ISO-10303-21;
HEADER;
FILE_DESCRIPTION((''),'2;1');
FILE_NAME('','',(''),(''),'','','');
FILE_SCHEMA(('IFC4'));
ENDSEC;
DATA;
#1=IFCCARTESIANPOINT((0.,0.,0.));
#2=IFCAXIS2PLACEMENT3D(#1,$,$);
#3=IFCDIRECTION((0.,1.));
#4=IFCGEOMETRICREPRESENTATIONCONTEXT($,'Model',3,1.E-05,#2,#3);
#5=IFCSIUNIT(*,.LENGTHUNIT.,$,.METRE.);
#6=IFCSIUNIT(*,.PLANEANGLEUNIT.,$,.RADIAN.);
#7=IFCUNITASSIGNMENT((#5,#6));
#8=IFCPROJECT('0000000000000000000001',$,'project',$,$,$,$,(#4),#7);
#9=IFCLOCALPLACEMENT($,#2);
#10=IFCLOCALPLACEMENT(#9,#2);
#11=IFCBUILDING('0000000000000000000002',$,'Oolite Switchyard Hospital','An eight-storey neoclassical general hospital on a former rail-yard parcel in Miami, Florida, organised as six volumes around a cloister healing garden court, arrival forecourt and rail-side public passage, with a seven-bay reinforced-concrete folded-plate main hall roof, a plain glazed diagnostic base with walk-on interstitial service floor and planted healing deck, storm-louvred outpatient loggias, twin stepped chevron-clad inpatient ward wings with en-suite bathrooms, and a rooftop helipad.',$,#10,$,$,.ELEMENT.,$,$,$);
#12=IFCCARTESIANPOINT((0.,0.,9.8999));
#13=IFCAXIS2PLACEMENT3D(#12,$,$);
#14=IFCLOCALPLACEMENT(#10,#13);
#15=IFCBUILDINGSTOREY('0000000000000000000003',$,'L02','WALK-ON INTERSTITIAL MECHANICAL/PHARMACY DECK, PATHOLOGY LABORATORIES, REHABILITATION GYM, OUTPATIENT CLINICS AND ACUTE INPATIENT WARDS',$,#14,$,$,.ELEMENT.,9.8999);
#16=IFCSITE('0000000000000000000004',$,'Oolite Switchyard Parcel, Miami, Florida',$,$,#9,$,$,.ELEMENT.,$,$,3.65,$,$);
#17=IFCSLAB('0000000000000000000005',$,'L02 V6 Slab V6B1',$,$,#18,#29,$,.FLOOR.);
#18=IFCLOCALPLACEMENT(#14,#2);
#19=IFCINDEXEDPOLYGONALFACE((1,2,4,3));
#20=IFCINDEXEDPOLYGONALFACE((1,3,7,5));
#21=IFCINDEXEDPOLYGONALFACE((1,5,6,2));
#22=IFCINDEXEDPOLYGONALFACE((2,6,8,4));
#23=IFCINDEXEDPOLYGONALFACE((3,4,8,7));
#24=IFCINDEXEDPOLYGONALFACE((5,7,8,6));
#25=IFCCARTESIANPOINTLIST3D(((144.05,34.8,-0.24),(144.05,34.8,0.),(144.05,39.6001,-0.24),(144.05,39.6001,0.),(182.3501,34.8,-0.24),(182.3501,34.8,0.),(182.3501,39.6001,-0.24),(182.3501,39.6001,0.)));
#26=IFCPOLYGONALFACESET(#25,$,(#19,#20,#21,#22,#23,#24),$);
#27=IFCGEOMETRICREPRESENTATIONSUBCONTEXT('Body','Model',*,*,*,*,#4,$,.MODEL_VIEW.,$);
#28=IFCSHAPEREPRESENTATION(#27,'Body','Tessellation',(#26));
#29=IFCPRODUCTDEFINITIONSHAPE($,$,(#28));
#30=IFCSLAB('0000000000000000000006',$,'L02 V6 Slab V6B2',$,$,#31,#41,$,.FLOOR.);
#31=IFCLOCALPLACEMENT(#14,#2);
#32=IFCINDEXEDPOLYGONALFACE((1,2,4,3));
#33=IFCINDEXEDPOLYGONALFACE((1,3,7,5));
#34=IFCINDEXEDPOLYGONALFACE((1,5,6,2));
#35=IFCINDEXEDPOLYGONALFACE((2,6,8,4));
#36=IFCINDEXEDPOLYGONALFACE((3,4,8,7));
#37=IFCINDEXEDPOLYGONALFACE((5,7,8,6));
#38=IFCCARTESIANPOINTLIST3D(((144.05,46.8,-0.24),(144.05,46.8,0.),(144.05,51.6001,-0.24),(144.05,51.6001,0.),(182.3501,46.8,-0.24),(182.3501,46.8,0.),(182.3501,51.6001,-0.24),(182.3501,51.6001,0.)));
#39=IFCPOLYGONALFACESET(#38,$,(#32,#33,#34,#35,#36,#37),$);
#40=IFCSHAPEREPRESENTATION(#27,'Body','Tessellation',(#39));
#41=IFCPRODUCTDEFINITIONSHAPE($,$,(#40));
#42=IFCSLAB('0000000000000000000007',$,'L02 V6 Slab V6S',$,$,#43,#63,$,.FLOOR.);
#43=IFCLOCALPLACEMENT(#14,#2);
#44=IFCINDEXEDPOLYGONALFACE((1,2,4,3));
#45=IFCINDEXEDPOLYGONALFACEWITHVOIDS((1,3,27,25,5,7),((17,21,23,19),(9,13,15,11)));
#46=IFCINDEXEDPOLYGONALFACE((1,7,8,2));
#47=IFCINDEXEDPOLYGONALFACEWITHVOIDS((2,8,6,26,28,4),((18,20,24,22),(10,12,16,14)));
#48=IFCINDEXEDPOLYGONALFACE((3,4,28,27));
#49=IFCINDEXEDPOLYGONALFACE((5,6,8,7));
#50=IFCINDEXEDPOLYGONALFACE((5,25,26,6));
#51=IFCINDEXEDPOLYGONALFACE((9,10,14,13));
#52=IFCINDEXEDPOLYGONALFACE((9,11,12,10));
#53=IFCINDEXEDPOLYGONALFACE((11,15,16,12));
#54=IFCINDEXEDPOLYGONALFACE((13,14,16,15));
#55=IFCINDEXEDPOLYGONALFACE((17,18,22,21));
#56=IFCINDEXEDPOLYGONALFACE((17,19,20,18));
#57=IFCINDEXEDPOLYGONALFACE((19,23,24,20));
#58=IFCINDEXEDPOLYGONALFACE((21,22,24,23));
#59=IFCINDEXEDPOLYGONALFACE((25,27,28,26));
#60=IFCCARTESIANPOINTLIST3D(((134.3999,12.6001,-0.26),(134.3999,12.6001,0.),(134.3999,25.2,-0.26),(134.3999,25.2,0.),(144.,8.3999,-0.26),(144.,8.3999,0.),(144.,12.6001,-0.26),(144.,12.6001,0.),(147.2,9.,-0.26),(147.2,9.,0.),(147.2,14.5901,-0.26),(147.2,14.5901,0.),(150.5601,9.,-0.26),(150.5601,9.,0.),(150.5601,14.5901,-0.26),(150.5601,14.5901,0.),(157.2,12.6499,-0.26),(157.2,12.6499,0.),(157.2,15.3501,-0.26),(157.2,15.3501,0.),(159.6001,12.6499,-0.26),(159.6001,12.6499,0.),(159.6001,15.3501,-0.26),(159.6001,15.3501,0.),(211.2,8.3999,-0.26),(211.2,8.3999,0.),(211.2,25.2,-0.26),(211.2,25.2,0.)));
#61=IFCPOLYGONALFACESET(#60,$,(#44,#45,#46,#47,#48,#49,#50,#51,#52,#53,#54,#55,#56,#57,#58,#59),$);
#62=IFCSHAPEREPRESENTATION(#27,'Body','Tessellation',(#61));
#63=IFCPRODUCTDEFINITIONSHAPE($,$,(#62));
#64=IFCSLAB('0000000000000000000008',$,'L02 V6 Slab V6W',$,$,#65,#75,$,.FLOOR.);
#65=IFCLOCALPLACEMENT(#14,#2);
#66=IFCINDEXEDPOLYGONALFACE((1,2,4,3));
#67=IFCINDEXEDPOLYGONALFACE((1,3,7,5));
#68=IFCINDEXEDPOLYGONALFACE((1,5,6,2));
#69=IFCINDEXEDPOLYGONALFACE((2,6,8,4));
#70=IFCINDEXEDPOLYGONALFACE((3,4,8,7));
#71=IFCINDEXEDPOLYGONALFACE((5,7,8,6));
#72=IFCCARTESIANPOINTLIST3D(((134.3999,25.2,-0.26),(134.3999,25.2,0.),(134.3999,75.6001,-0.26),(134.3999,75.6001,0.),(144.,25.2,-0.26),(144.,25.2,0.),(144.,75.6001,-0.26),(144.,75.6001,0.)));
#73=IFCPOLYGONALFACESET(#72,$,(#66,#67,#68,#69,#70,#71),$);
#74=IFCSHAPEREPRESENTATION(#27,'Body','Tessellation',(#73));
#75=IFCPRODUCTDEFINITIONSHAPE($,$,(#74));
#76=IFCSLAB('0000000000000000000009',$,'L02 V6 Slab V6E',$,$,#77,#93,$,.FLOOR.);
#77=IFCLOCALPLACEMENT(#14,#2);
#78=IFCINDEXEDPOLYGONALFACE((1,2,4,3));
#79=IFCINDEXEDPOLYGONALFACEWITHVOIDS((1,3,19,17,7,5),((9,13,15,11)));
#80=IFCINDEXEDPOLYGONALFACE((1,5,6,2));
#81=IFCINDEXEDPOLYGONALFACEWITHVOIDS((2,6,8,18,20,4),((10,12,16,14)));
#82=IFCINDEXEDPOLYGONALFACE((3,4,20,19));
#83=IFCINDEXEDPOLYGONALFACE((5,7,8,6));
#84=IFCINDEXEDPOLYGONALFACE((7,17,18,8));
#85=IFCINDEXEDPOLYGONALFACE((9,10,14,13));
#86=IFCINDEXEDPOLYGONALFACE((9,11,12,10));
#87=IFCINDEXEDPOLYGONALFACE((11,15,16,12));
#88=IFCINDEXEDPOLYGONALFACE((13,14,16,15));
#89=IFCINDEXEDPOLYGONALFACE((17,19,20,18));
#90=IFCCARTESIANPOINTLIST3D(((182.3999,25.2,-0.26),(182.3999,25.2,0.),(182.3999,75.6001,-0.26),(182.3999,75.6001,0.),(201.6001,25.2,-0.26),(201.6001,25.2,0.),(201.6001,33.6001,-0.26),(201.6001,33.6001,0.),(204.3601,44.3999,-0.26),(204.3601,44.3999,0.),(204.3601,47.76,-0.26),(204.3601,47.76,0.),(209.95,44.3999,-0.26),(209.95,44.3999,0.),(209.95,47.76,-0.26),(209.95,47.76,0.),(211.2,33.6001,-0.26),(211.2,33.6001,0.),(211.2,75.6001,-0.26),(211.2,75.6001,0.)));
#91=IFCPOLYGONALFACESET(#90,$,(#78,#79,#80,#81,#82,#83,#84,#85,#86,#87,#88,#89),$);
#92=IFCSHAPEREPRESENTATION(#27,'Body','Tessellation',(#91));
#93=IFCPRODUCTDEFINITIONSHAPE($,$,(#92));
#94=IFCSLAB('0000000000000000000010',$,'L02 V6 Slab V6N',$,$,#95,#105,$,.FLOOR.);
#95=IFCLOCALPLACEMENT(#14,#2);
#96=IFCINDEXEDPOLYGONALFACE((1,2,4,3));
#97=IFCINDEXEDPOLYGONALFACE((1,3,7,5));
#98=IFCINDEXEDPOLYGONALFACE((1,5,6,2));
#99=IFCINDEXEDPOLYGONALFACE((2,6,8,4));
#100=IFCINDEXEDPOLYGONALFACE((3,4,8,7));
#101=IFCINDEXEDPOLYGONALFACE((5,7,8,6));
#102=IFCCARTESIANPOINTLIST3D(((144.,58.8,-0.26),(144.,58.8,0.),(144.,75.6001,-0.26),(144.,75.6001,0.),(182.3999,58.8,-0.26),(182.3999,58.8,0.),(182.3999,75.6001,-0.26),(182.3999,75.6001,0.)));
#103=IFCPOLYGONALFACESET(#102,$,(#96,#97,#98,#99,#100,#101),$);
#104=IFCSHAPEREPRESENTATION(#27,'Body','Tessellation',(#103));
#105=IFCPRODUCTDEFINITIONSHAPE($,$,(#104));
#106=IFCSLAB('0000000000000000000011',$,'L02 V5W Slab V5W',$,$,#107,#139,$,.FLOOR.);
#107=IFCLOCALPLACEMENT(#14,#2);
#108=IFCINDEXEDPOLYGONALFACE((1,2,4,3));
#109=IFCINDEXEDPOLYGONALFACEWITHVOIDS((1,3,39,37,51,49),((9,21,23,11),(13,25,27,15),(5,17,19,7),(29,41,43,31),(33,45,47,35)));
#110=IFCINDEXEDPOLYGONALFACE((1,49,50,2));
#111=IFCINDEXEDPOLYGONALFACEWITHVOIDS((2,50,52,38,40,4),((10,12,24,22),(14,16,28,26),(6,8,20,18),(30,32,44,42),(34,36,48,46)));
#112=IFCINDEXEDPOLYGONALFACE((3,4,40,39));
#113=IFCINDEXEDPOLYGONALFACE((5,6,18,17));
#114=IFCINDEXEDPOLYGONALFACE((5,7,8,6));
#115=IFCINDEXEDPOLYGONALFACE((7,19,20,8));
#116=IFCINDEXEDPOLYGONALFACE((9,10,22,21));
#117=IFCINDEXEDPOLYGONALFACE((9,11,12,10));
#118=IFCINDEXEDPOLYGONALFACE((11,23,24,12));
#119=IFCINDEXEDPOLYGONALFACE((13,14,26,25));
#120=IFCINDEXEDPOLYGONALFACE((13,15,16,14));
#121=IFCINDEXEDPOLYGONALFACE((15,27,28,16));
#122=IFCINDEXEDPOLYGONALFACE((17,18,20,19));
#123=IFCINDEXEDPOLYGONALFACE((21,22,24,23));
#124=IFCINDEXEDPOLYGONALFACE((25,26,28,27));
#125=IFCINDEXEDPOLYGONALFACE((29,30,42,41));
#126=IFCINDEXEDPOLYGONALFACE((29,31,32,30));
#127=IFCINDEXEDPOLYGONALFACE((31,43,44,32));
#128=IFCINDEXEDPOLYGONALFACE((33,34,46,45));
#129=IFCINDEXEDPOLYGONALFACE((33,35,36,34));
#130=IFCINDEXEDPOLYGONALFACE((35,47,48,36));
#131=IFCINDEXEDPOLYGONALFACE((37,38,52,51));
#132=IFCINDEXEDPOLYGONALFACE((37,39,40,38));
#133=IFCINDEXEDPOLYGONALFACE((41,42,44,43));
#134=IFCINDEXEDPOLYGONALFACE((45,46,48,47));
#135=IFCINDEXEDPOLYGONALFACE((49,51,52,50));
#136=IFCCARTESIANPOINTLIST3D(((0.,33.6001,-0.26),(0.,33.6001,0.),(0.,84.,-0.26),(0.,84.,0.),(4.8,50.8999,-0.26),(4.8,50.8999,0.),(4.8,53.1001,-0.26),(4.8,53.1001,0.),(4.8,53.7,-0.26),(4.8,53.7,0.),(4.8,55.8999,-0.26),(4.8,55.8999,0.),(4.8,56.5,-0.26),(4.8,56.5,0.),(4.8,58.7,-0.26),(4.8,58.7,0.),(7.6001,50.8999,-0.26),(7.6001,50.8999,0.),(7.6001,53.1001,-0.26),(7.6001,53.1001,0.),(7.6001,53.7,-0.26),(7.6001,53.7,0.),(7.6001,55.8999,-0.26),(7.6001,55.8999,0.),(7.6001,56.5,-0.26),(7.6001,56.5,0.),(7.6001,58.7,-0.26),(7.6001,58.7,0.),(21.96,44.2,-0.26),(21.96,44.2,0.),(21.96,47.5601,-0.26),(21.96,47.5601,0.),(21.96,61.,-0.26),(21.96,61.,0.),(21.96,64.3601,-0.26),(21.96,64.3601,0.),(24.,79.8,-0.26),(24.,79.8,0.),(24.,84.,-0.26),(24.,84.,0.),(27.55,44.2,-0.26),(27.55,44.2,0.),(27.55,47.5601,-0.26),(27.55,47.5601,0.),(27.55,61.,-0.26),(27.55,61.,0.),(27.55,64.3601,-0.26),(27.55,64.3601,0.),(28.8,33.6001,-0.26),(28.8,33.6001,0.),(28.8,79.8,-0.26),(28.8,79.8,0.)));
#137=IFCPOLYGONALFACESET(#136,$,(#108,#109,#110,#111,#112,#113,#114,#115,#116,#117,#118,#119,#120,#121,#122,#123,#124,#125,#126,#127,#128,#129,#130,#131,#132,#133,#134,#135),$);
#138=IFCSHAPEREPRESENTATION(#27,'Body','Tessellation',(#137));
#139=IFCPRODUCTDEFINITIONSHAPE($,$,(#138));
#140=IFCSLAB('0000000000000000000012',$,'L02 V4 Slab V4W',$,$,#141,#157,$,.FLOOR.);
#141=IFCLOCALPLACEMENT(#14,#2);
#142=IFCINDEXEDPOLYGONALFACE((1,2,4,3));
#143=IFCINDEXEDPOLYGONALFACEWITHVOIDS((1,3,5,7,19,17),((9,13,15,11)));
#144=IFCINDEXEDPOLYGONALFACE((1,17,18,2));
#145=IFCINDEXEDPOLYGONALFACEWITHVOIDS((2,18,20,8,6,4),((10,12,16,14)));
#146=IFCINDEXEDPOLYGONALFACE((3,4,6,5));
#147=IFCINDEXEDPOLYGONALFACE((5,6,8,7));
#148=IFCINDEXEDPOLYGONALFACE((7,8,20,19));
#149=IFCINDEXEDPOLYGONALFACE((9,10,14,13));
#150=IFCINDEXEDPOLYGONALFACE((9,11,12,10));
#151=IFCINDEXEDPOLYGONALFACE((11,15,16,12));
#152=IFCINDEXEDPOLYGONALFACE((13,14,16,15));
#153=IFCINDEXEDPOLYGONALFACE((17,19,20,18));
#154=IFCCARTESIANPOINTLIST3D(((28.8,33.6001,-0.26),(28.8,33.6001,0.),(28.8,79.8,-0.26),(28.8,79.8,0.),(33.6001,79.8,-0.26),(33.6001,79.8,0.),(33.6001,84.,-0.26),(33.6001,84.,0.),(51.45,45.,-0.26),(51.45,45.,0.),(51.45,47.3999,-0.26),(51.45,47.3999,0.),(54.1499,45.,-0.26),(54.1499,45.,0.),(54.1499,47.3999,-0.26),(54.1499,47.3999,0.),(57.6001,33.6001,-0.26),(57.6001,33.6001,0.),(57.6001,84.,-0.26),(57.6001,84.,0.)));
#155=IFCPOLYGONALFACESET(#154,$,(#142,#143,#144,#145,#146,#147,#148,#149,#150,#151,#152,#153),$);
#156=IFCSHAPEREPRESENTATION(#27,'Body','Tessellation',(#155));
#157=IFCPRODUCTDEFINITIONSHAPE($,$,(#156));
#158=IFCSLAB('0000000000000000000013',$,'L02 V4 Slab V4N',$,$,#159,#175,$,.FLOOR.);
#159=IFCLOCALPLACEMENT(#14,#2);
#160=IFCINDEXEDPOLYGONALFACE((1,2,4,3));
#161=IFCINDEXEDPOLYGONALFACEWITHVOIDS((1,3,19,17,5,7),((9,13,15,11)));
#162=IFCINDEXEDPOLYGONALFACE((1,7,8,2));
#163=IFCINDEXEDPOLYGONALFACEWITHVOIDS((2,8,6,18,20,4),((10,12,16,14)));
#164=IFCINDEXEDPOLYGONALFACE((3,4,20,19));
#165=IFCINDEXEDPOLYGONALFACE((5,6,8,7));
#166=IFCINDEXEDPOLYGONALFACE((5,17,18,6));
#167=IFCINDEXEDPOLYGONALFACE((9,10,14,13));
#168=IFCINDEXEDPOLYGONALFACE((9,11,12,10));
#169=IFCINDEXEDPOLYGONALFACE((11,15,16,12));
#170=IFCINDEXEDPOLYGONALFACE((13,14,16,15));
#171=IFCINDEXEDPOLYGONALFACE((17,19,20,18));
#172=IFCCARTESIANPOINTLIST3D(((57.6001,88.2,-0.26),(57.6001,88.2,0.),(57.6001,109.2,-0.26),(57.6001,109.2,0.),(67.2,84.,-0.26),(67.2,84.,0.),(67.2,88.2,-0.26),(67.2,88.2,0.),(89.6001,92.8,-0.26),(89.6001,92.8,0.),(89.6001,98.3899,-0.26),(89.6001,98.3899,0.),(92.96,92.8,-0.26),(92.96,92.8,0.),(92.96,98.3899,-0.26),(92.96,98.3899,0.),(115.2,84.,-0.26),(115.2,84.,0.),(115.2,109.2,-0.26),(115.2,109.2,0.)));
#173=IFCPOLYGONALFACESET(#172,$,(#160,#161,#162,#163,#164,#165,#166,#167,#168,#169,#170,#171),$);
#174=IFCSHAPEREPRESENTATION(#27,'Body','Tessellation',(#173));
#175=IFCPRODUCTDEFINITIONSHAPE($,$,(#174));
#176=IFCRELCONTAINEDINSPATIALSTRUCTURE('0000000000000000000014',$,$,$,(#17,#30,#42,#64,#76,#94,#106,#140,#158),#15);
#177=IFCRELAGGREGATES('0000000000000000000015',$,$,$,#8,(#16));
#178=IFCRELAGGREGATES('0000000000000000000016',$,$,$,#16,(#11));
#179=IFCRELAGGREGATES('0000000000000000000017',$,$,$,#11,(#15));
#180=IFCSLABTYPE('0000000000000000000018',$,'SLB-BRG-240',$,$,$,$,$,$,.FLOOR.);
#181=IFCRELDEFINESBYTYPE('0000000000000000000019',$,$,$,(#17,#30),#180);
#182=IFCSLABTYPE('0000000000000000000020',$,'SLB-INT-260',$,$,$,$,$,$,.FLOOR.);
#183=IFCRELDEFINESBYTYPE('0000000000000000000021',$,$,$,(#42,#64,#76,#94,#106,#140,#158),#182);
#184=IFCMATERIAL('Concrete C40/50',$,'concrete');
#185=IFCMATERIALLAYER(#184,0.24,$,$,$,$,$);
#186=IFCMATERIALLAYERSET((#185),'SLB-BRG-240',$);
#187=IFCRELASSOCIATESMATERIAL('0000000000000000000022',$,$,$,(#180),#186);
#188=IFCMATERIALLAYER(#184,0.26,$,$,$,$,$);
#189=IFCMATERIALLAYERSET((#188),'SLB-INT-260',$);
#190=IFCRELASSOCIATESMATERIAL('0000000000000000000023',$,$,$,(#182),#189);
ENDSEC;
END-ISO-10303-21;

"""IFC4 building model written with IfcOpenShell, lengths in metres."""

from ifc_helpers import new_model, si_unit, direction, frame, origin, place, context, subcontext, project, spatial, polyline, outline, extrude, material, layer, layer_set, type_object, element, save


model = new_model("IFC4")

# Units and contexts
model_context = context("Model", 3, precision=1e-05, world=origin(), true_north=direction((0.0, 1.0)))
body_context = subcontext(model_context, "Body", "Model", "MODEL_VIEW")
ifc_project = project(units=[si_unit("LENGTHUNIT", "METRE"), si_unit("PLANEANGLEUNIT", "RADIAN")], contexts=[model_context])

# Site, building, storey
site_placement = place(None, origin())
site = spatial("IfcSite", under=ifc_project, at=site_placement, Name="Oolite Switchyard Parcel, Miami, Florida", CompositionType="ELEMENT", RefElevation=3.65)
building_placement = place(site_placement, origin())
building = spatial("IfcBuilding", under=site, at=building_placement, Name="Oolite Switchyard Hospital", Description="An eight-storey neoclassical general hospital on a former rail-yard parcel in Miami, Florida, organised as six volumes around a cloister healing garden court, arrival forecourt and rail-side public passage, with a seven-bay reinforced-concrete folded-plate main hall roof, a plain glazed diagnostic base with walk-on interstitial service floor and planted healing deck, storm-louvred outpatient loggias, twin stepped chevron-clad inpatient ward wings with en-suite bathrooms, and a rooftop helipad.", CompositionType="ELEMENT")
storey_placement = place(building_placement, frame((0.0, 0.0, 9.8999)))
storey = spatial("IfcBuildingStorey", under=building, at=storey_placement, Name="L02", Description="WALK-ON INTERSTITIAL MECHANICAL/PHARMACY DECK, PATHOLOGY LABORATORIES, REHABILITATION GYM, OUTPATIENT CLINICS AND ACUTE INPATIENT WARDS", CompositionType="ELEMENT", Elevation=9.8999)

# Slabs
ifc_material_1 = material(Name="Concrete C40/50", Category="concrete")
ifc_layer_1 = layer(ifc_material_1, 0.24)
ifc_layer_set_1 = layer_set([ifc_layer_1], Name="SLB-BRG-240")
slab_type_1 = type_object("IfcSlabType", Name="SLB-BRG-240", PredefinedType="FLOOR", material=ifc_layer_set_1)
slab_1_placement = place(storey_placement, frame((0.0, 0.0, -0.24)))
element("IfcSlab", 1, at=slab_1_placement, inside=storey, type_object=slab_type_1, Name="L02 V6 Slab V6B1", PredefinedType="FLOOR", context=body_context, shape_type="SweptSolid", body=[
    extrude(outline(polyline([(144.05, 34.8), (182.3501, 34.8), (182.3501, 39.6001), (144.05, 39.6001), (144.05, 34.8)])), origin(), (0.0, 0.0, 1.0), 0.24),
])
slab_2_placement = place(storey_placement, frame((0.0, 0.0, -0.24)))
element("IfcSlab", 2, at=slab_2_placement, inside=storey, type_object=slab_type_1, Name="L02 V6 Slab V6B2", PredefinedType="FLOOR", context=body_context, shape_type="SweptSolid", body=[
    extrude(outline(polyline([(144.05, 46.8), (182.3501, 46.8), (182.3501, 51.6001), (144.05, 51.6001), (144.05, 46.8)])), origin(), (0.0, 0.0, 1.0), 0.24),
])
ifc_layer_2 = layer(ifc_material_1, 0.26)
ifc_layer_set_2 = layer_set([ifc_layer_2], Name="SLB-INT-260")
slab_type_2 = type_object("IfcSlabType", Name="SLB-INT-260", PredefinedType="FLOOR", material=ifc_layer_set_2)
slab_3_placement = place(storey_placement, frame((0.0, 0.0, -0.26)))
element("IfcSlab", 3, at=slab_3_placement, inside=storey, type_object=slab_type_2, Name="L02 V6 Slab V6S", PredefinedType="FLOOR", context=body_context, shape_type="SweptSolid", body=[
    extrude(outline(polyline([(144.0, 8.3999), (211.2, 8.3999), (211.2, 25.2), (134.3999, 25.2), (134.3999, 12.6001), (144.0, 12.6001), (144.0, 8.3999)]), holes=[polyline([(147.2, 14.5901), (147.2, 9.0), (150.5601, 9.0), (150.5601, 14.5901), (147.2, 14.5901)]), polyline([(157.2, 12.6499), (159.6001, 12.6499), (159.6001, 15.3501), (157.2, 15.3501), (157.2, 12.6499)])]), origin(), (0.0, 0.0, 1.0), 0.26),
])
slab_4_placement = place(storey_placement, frame((0.0, 0.0, -0.26)))
element("IfcSlab", 4, at=slab_4_placement, inside=storey, type_object=slab_type_2, Name="L02 V6 Slab V6W", PredefinedType="FLOOR", context=body_context, shape_type="SweptSolid", body=[
    extrude(outline(polyline([(134.3999, 25.2), (144.0, 25.2), (144.0, 75.6001), (134.3999, 75.6001), (134.3999, 25.2)])), origin(), (0.0, 0.0, 1.0), 0.26),
])
slab_5_placement = place(storey_placement, frame((0.0, 0.0, -0.26)))
element("IfcSlab", 5, at=slab_5_placement, inside=storey, type_object=slab_type_2, Name="L02 V6 Slab V6E", PredefinedType="FLOOR", context=body_context, shape_type="SweptSolid", body=[
    extrude(outline(polyline([(182.3999, 25.2), (201.6001, 25.2), (201.6001, 33.6001), (211.2, 33.6001), (211.2, 75.6001), (182.3999, 75.6001), (182.3999, 25.2)]), holes=[polyline([(204.3601, 44.3999), (209.95, 44.3999), (209.95, 47.76), (204.3601, 47.76), (204.3601, 44.3999)])]), origin(), (0.0, 0.0, 1.0), 0.26),
])
slab_6_placement = place(storey_placement, frame((0.0, 0.0, -0.26)))
element("IfcSlab", 6, at=slab_6_placement, inside=storey, type_object=slab_type_2, Name="L02 V6 Slab V6N", PredefinedType="FLOOR", context=body_context, shape_type="SweptSolid", body=[
    extrude(outline(polyline([(144.0, 58.8), (182.3999, 58.8), (182.3999, 75.6001), (144.0, 75.6001), (144.0, 58.8)])), origin(), (0.0, 0.0, 1.0), 0.26),
])
slab_7_placement = place(storey_placement, frame((0.0, 0.0, -0.26)))
element("IfcSlab", 7, at=slab_7_placement, inside=storey, type_object=slab_type_2, Name="L02 V5W Slab V5W", PredefinedType="FLOOR", context=body_context, shape_type="SweptSolid", body=[
    extrude(outline(polyline([(0.0, 33.6001), (28.8, 33.6001), (28.8, 79.8), (24.0, 79.8), (24.0, 84.0), (0.0, 84.0), (0.0, 33.6001)]), holes=[polyline([(21.96, 44.2), (27.55, 44.2), (27.55, 47.5601), (21.96, 47.5601), (21.96, 44.2)]), polyline([(21.96, 61.0), (27.55, 61.0), (27.55, 64.3601), (21.96, 64.3601), (21.96, 61.0)]), polyline([(4.8, 50.8999), (7.6001, 50.8999), (7.6001, 53.1001), (4.8, 53.1001), (4.8, 50.8999)]), polyline([(4.8, 53.7), (7.6001, 53.7), (7.6001, 55.8999), (4.8, 55.8999), (4.8, 53.7)]), polyline([(4.8, 56.5), (7.6001, 56.5), (7.6001, 58.7), (4.8, 58.7), (4.8, 56.5)])]), origin(), (0.0, 0.0, 1.0), 0.26),
])
slab_8_placement = place(storey_placement, frame((0.0, 0.0, -0.26)))
element("IfcSlab", 8, at=slab_8_placement, inside=storey, type_object=slab_type_2, Name="L02 V4 Slab V4W", PredefinedType="FLOOR", context=body_context, shape_type="SweptSolid", body=[
    extrude(outline(polyline([(28.8, 33.6001), (57.6001, 33.6001), (57.6001, 84.0), (33.6001, 84.0), (33.6001, 79.8), (28.8, 79.8), (28.8, 33.6001)]), holes=[polyline([(51.45, 45.0), (54.1499, 45.0), (54.1499, 47.3999), (51.45, 47.3999), (51.45, 45.0)])]), origin(), (0.0, 0.0, 1.0), 0.26),
])
slab_9_placement = place(storey_placement, frame((0.0, 0.0, -0.26)))
element("IfcSlab", 9, at=slab_9_placement, inside=storey, type_object=slab_type_2, Name="L02 V4 Slab V4N", PredefinedType="FLOOR", context=body_context, shape_type="SweptSolid", body=[
    extrude(outline(polyline([(67.2, 84.0), (115.2, 84.0), (115.2, 109.2), (57.6001, 109.2), (57.6001, 88.2), (67.2, 88.2), (67.2, 84.0)]), holes=[polyline([(89.6001, 98.3899), (89.6001, 92.8), (92.96, 92.8), (92.96, 98.3899), (89.6001, 98.3899)])]), origin(), (0.0, 0.0, 1.0), 0.26),
])

save(model, "model.ifc")
